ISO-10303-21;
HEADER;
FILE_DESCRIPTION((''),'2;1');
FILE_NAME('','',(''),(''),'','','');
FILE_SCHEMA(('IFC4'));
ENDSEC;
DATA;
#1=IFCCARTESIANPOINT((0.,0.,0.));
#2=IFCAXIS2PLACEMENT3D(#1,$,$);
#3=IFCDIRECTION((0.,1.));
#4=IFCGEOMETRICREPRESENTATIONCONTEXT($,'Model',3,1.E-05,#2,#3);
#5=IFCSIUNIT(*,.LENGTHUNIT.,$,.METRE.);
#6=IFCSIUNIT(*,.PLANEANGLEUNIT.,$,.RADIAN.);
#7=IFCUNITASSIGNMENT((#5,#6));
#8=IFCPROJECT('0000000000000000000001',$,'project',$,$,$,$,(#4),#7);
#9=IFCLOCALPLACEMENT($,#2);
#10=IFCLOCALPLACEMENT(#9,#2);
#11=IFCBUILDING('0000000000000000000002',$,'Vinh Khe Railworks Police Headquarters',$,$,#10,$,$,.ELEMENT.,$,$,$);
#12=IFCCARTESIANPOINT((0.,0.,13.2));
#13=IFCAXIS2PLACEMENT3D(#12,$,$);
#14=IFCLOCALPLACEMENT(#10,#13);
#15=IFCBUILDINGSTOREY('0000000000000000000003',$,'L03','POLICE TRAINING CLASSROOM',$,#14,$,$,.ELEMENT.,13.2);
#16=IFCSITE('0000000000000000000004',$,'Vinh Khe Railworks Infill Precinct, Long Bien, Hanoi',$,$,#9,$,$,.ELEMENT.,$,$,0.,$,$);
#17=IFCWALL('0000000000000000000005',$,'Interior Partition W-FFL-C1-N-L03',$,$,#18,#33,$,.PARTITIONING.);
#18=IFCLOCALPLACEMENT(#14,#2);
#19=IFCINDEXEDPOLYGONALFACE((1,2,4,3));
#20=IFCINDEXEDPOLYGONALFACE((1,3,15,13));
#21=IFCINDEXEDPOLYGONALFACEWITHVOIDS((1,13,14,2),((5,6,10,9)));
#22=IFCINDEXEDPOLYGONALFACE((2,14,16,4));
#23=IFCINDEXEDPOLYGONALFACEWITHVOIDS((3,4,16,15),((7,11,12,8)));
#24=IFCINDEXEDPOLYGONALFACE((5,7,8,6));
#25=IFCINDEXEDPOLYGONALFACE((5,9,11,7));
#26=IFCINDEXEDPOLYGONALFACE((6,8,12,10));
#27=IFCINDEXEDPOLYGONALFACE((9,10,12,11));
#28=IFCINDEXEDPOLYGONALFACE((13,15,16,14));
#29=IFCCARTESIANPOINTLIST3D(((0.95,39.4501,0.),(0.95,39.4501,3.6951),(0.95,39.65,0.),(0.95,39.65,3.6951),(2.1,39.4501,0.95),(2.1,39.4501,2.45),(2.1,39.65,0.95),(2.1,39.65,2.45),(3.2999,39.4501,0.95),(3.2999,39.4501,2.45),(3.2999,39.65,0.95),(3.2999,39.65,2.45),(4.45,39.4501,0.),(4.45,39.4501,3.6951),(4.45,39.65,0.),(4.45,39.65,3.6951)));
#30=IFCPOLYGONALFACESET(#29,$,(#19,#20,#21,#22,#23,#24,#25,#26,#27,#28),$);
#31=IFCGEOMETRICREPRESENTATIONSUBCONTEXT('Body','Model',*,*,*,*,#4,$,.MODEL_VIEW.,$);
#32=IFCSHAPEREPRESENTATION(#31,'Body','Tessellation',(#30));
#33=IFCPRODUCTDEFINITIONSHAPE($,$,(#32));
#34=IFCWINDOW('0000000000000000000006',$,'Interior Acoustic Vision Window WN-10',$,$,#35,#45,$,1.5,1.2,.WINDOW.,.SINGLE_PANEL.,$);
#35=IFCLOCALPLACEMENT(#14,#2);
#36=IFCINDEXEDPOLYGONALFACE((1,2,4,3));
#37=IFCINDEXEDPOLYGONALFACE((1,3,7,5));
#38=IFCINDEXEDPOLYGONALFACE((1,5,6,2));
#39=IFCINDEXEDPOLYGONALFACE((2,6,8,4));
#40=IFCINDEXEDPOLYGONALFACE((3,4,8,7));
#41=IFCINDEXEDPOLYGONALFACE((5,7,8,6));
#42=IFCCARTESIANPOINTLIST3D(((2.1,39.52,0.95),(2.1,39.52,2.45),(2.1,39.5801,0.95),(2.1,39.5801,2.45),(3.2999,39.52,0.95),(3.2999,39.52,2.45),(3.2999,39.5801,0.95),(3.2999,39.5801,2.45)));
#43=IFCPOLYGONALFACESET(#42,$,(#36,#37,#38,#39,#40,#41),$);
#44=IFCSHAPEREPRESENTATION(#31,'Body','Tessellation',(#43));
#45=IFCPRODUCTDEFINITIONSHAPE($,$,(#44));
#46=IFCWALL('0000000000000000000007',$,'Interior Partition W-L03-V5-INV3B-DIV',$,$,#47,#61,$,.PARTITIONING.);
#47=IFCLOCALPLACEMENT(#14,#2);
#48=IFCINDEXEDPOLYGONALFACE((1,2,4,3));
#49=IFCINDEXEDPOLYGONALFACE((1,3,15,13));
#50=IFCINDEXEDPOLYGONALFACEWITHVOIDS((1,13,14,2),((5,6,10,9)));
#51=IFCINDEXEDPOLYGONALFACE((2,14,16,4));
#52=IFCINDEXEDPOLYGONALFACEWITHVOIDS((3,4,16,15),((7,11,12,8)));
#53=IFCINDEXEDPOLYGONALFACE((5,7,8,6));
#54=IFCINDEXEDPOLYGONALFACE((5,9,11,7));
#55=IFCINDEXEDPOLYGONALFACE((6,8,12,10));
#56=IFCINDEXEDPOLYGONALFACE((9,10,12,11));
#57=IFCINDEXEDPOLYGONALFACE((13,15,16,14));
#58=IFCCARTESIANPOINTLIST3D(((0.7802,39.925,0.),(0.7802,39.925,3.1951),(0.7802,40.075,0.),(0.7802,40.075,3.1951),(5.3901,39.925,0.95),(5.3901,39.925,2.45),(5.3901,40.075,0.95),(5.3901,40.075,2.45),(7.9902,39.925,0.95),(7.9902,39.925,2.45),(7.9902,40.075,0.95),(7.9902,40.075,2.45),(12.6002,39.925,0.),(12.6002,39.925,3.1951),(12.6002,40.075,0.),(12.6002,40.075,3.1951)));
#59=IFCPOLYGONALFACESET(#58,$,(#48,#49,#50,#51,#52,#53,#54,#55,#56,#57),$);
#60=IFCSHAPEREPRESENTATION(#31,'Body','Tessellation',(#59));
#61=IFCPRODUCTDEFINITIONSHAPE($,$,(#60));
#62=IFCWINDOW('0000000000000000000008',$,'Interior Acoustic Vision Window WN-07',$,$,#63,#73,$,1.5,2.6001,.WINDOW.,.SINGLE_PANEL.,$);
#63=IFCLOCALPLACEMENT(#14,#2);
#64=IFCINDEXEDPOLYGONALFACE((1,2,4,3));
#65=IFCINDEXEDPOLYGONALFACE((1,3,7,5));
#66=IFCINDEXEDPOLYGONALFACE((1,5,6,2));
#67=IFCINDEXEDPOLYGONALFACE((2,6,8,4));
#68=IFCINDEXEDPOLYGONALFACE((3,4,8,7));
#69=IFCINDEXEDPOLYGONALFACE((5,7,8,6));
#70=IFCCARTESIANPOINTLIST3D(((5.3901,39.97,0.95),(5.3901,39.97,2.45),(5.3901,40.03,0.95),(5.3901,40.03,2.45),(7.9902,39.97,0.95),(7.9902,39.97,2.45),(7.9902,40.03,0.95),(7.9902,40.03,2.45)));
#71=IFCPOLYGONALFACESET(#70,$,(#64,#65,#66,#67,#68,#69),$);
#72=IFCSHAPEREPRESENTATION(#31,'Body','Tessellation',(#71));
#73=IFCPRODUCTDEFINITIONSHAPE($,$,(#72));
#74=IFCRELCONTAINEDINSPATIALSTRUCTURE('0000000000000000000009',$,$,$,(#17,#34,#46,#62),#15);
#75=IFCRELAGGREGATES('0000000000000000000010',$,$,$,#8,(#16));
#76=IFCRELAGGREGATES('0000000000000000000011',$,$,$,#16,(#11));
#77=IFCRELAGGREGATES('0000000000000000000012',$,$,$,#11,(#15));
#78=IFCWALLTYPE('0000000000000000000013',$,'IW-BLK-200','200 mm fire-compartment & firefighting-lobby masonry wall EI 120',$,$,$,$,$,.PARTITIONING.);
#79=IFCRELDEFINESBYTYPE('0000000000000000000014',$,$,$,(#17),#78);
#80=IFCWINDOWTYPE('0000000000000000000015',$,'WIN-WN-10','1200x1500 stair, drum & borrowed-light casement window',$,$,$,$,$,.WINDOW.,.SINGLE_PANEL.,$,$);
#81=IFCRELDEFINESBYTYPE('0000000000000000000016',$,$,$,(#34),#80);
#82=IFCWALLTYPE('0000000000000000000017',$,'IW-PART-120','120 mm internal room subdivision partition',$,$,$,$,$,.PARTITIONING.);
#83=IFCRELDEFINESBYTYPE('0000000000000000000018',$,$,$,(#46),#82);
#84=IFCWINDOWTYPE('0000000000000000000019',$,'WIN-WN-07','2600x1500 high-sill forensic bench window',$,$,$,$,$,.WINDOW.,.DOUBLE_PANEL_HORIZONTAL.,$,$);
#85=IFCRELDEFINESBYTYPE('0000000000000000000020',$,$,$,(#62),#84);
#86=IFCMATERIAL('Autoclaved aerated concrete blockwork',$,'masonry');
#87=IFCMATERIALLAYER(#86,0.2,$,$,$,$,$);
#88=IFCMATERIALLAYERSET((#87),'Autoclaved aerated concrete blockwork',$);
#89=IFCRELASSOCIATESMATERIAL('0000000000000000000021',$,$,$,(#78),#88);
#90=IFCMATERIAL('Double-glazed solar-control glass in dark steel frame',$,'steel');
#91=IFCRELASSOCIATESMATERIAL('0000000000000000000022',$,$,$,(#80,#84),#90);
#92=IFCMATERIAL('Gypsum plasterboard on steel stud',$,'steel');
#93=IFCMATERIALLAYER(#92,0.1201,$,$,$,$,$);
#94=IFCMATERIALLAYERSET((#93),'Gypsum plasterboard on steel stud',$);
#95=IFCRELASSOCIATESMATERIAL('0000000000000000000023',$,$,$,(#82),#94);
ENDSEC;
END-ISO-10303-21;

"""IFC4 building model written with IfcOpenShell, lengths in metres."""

from ifc_helpers import new_model, si_unit, direction, frame, frame_2d, origin, place, context, subcontext, project, spatial, rectangle, extrude, material, layer, layer_set, type_object, element, fill, save


model = new_model("IFC4")

# Units and contexts
model_context = context("Model", 3, precision=1e-05, world=origin(), true_north=direction((0.0, 1.0)))
body_context = subcontext(model_context, "Body", "Model", "MODEL_VIEW")
ifc_project = project(units=[si_unit("LENGTHUNIT", "METRE"), si_unit("PLANEANGLEUNIT", "RADIAN")], contexts=[model_context])

# Site, building, storey
site_placement = place(None, origin())
site = spatial("IfcSite", under=ifc_project, at=site_placement, Name="Vinh Khe Railworks Infill Precinct, Long Bien, Hanoi", CompositionType="ELEMENT", RefElevation=0.0)
building_placement = place(site_placement, origin())
building = spatial("IfcBuilding", under=site, at=building_placement, Name="Vinh Khe Railworks Police Headquarters", CompositionType="ELEMENT")
storey_placement = place(building_placement, frame((0.0, 0.0, 13.2)))
storey = spatial("IfcBuildingStorey", under=building, at=storey_placement, Name="L03", Description="POLICE TRAINING CLASSROOM", CompositionType="ELEMENT", Elevation=13.2)

# Walls, openings, windows
ifc_material_1 = material(Name="Double-glazed solar-control glass in dark steel frame", Category="steel")
ifc_material_2 = material(Name="Autoclaved aerated concrete blockwork", Category="masonry")
ifc_layer_1 = layer(ifc_material_2, 0.2)
ifc_layer_set_1 = layer_set([ifc_layer_1], Name="Autoclaved aerated concrete blockwork")
wall_type_1 = type_object("IfcWallType", Name="IW-BLK-200", Description="200 mm fire-compartment & firefighting-lobby masonry wall EI 120", PredefinedType="PARTITIONING", material=ifc_layer_set_1)
wall_1_placement = place(storey_placement, frame((0.95, 39.55, 0.0), z_axis=(0.0, 0.0, 1.0), x_axis=(1.0, 0.0, 0.0)))
wall_1 = element("IfcWall", 1, at=wall_1_placement, inside=storey, type_object=wall_type_1, Name="Interior Partition W-FFL-C1-N-L03", PredefinedType="PARTITIONING", context=body_context, shape_type="SweptSolid", body=[
    extrude(rectangle(XDim=3.5, YDim=0.2, at=frame_2d((1.75, 0.0))), origin(), (0.0, 0.0, 1.0), 3.6951),
])
opening_1_placement = place(wall_1_placement, frame((1.1499, 0.0, 0.95)))
opening_1 = element("IfcOpeningElement", 2, at=opening_1_placement, cuts=wall_1, PredefinedType="OPENING", context=body_context, shape_type="SweptSolid", body=[
    extrude(rectangle(XDim=1.2, YDim=1.5, at=frame_2d((0.6001, 0.75))), frame((0.0, 0.1147, 0.0), z_axis=(0.0, -1.0, 0.0), x_axis=(1.0, 0.0, 0.0)), (0.0, 0.0, 1.0), 0.2297),
])
window_type_1 = type_object("IfcWindowType", Name="WIN-WN-10", Description="1200x1500 stair, drum & borrowed-light casement window", PartitioningType="SINGLE_PANEL", PredefinedType="WINDOW", material=ifc_material_1)
window_1_placement = place(opening_1_placement, origin())
window_1 = element("IfcWindow", 3, at=window_1_placement, inside=storey, type_object=window_type_1, Name="Interior Acoustic Vision Window WN-10", OverallHeight=1.5, OverallWidth=1.2, PartitioningType="SINGLE_PANEL", PredefinedType="WINDOW", context=body_context, shape_type="SweptSolid", body=[
    extrude(rectangle(XDim=1.2, YDim=1.5, at=frame_2d((0.6001, 0.75))), frame((0.0, 0.03, 0.0), z_axis=(0.0, -1.0, 0.0), x_axis=(1.0, 0.0, 0.0)), (0.0, 0.0, 1.0), 0.0601),
])
fill(opening_1, window_1)
ifc_material_3 = material(Name="Gypsum plasterboard on steel stud", Category="steel")
ifc_layer_2 = layer(ifc_material_3, 0.1201)
ifc_layer_set_2 = layer_set([ifc_layer_2], Name="Gypsum plasterboard on steel stud")
wall_type_2 = type_object("IfcWallType", Name="IW-PART-120", Description="120 mm internal room subdivision partition", PredefinedType="PARTITIONING", material=ifc_layer_set_2)
wall_2_placement = place(storey_placement, frame((0.78, 40.0, 0.0), z_axis=(0.0, 0.0, 1.0), x_axis=(1.0, 0.0, 0.0)))
wall_2 = element("IfcWall", 4, at=wall_2_placement, inside=storey, type_object=wall_type_2, Name="Interior Partition W-L03-V5-INV3B-DIV", PredefinedType="PARTITIONING", context=body_context, shape_type="SweptSolid", body=[
    extrude(rectangle(XDim=11.8201, YDim=0.1499, at=frame_2d((5.9102, 0.0))), origin(), (0.0, 0.0, 1.0), 3.1951),
])
opening_2_placement = place(wall_2_placement, frame((4.6101, 0.0, 0.95)))
opening_2 = element("IfcOpeningElement", 5, at=opening_2_placement, cuts=wall_2, PredefinedType="OPENING", context=body_context, shape_type="SweptSolid", body=[
    extrude(rectangle(XDim=2.6001, YDim=1.5, at=frame_2d((1.3, 0.75))), frame((0.0, 0.0898, 0.0), z_axis=(0.0, -1.0, 0.0), x_axis=(1.0, 0.0, 0.0)), (0.0, 0.0, 1.0), 0.1797),
])
window_type_2 = type_object("IfcWindowType", Name="WIN-WN-07", Description="2600x1500 high-sill forensic bench window", PartitioningType="DOUBLE_PANEL_HORIZONTAL", PredefinedType="WINDOW", material=ifc_material_1)
window_2_placement = place(opening_2_placement, origin())
window_2 = element("IfcWindow", 6, at=window_2_placement, inside=storey, type_object=window_type_2, Name="Interior Acoustic Vision Window WN-07", OverallHeight=1.5, OverallWidth=2.6001, PartitioningType="SINGLE_PANEL", PredefinedType="WINDOW", context=body_context, shape_type="SweptSolid", body=[
    extrude(rectangle(XDim=2.6001, YDim=1.5, at=frame_2d((1.3, 0.75))), frame((0.0, 0.03, 0.0), z_axis=(0.0, -1.0, 0.0), x_axis=(1.0, 0.0, 0.0)), (0.0, 0.0, 1.0), 0.0601),
])
fill(opening_2, window_2)

save(model, "model.ifc")
